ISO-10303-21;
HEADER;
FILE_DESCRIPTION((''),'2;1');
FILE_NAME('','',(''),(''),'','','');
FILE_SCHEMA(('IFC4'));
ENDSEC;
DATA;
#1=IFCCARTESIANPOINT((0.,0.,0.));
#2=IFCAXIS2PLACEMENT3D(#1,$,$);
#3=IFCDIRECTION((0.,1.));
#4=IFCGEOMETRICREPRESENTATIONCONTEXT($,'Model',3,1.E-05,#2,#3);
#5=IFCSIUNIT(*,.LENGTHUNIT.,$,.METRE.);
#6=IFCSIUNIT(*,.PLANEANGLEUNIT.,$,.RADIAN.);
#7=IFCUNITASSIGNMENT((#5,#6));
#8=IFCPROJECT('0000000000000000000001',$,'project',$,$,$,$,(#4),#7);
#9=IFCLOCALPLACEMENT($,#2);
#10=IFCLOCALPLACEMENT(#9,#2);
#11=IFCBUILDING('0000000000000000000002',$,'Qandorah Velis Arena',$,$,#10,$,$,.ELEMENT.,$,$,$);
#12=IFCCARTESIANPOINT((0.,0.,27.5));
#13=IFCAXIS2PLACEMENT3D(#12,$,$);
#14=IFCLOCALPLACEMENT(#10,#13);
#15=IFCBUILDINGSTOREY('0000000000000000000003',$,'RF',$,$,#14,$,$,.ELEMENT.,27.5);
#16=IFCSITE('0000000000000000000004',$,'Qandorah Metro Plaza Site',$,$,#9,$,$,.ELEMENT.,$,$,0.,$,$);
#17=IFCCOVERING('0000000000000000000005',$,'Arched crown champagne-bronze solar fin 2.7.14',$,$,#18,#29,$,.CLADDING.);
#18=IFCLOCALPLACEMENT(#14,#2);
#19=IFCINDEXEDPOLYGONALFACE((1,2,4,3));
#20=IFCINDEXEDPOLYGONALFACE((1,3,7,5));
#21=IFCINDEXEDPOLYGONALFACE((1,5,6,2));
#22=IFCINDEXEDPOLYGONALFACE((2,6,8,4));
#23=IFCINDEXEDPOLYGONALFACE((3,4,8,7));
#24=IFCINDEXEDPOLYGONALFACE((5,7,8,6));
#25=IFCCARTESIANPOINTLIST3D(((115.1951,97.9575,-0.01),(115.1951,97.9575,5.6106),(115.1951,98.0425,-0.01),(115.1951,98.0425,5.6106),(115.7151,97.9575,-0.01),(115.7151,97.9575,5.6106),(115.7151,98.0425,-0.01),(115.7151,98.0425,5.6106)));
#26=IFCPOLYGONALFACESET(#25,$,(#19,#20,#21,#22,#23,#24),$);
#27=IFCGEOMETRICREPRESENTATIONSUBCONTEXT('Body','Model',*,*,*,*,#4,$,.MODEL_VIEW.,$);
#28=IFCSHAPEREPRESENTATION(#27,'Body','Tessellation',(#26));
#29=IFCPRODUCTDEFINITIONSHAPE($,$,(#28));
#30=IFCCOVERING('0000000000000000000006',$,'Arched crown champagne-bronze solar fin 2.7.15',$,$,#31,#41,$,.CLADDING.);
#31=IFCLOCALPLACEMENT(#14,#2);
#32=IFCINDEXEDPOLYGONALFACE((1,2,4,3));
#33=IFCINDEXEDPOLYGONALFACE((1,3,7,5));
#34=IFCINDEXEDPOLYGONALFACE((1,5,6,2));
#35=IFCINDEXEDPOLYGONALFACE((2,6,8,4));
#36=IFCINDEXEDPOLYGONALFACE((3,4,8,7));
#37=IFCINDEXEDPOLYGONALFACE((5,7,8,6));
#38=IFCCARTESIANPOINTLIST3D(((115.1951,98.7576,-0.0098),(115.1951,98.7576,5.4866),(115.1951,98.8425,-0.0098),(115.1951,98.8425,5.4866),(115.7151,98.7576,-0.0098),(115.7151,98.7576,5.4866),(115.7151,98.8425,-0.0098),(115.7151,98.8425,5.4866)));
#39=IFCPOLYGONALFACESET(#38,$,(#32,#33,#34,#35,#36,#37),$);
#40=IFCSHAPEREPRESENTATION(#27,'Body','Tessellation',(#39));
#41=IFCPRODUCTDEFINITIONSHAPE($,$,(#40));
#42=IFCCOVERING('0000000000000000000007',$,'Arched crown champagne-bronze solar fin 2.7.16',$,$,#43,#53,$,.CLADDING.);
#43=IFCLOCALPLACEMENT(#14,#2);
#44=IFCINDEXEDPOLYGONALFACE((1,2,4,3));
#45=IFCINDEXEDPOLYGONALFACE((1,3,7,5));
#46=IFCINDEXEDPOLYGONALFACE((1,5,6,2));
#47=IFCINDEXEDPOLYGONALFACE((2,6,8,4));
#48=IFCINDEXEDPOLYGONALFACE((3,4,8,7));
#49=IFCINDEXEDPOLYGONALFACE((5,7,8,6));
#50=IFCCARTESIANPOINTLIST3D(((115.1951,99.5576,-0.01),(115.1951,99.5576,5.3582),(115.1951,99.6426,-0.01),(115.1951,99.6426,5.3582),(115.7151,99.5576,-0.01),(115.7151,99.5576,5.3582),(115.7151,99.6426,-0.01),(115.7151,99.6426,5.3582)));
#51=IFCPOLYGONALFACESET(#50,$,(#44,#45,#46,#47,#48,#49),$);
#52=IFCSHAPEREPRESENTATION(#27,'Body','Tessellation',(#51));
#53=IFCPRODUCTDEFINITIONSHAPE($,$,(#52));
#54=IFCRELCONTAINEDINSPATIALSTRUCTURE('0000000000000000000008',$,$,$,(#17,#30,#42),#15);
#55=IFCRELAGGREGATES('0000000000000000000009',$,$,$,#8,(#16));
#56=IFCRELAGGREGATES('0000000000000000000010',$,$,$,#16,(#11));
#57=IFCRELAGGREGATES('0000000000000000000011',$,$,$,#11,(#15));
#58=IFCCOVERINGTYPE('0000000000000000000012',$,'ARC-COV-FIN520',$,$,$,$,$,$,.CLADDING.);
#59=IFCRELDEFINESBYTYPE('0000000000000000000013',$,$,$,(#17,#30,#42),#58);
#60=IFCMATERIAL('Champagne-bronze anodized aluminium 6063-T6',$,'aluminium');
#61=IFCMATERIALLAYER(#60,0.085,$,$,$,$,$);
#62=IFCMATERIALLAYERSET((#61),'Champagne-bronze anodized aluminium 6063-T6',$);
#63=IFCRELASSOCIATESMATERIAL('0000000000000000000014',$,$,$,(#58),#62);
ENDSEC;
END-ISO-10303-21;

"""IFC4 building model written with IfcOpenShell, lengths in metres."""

from ifc_helpers import new_model, si_unit, direction, frame, origin, origin_2d, place, context, subcontext, project, spatial, rectangle, extrude, material, layer, layer_set, type_object, element, save


model = new_model("IFC4")

# Units and contexts
model_context = context("Model", 3, precision=1e-05, world=origin(), true_north=direction((0.0, 1.0)))
body_context = subcontext(model_context, "Body", "Model", "MODEL_VIEW")
ifc_project = project(units=[si_unit("LENGTHUNIT", "METRE"), si_unit("PLANEANGLEUNIT", "RADIAN")], contexts=[model_context])

# Site, building, storey
site_placement = place(None, origin())
site = spatial("IfcSite", under=ifc_project, at=site_placement, Name="Qandorah Metro Plaza Site", CompositionType="ELEMENT", RefElevation=0.0)
building_placement = place(site_placement, origin())
building = spatial("IfcBuilding", under=site, at=building_placement, Name="Qandorah Velis Arena", CompositionType="ELEMENT")
storey_placement = place(building_placement, frame((0.0, 0.0, 27.5)))
storey = spatial("IfcBuildingStorey", under=building, at=storey_placement, Name="RF", CompositionType="ELEMENT", Elevation=27.5)

# Shared definitions
ifc_material_1 = material(Name="Champagne-bronze anodized aluminium 6063-T6", Category="aluminium")

# Coverings
ifc_layer_1 = layer(ifc_material_1, 0.085)
ifc_layer_set_1 = layer_set([ifc_layer_1], Name="Champagne-bronze anodized aluminium 6063-T6")
covering_type = type_object("IfcCoveringType", Name="ARC-COV-FIN520", PredefinedType="CLADDING", material=ifc_layer_set_1)
covering_1_placement = place(storey_placement, frame((115.4551, 98.0, -0.01), z_axis=(0.0, 0.0, 1.0), x_axis=(1.0, 0.0, 0.0)))
element("IfcCovering", 1, at=covering_1_placement, inside=storey, type_object=covering_type, Name="Arched crown champagne-bronze solar fin 2.7.14", PredefinedType="CLADDING", context=body_context, shape_type="SweptSolid", body=[
    extrude(rectangle(XDim=0.52, YDim=0.085, at=origin_2d()), origin(), (0.0, 0.0, 1.0), 5.6206),
])
covering_2_placement = place(storey_placement, frame((115.4551, 98.8, -0.0098), z_axis=(0.0, 0.0, 1.0), x_axis=(1.0, 0.0, 0.0)))
element("IfcCovering", 2, at=covering_2_placement, inside=storey, type_object=covering_type, Name="Arched crown champagne-bronze solar fin 2.7.15", PredefinedType="CLADDING", context=body_context, shape_type="SweptSolid", body=[
    extrude(rectangle(XDim=0.52, YDim=0.085, at=origin_2d()), origin(), (0.0, 0.0, 1.0), 5.4963),
])
covering_3_placement = place(storey_placement, frame((115.4551, 99.6001, -0.01), z_axis=(0.0, 0.0, 1.0), x_axis=(1.0, 0.0, 0.0)))
element("IfcCovering", 3, at=covering_3_placement, inside=storey, type_object=covering_type, Name="Arched crown champagne-bronze solar fin 2.7.16", PredefinedType="CLADDING", context=body_context, shape_type="SweptSolid", body=[
    extrude(rectangle(XDim=0.52, YDim=0.085, at=origin_2d()), origin(), (0.0, 0.0, 1.0), 5.3682),
])

save(model, "model.ifc")
